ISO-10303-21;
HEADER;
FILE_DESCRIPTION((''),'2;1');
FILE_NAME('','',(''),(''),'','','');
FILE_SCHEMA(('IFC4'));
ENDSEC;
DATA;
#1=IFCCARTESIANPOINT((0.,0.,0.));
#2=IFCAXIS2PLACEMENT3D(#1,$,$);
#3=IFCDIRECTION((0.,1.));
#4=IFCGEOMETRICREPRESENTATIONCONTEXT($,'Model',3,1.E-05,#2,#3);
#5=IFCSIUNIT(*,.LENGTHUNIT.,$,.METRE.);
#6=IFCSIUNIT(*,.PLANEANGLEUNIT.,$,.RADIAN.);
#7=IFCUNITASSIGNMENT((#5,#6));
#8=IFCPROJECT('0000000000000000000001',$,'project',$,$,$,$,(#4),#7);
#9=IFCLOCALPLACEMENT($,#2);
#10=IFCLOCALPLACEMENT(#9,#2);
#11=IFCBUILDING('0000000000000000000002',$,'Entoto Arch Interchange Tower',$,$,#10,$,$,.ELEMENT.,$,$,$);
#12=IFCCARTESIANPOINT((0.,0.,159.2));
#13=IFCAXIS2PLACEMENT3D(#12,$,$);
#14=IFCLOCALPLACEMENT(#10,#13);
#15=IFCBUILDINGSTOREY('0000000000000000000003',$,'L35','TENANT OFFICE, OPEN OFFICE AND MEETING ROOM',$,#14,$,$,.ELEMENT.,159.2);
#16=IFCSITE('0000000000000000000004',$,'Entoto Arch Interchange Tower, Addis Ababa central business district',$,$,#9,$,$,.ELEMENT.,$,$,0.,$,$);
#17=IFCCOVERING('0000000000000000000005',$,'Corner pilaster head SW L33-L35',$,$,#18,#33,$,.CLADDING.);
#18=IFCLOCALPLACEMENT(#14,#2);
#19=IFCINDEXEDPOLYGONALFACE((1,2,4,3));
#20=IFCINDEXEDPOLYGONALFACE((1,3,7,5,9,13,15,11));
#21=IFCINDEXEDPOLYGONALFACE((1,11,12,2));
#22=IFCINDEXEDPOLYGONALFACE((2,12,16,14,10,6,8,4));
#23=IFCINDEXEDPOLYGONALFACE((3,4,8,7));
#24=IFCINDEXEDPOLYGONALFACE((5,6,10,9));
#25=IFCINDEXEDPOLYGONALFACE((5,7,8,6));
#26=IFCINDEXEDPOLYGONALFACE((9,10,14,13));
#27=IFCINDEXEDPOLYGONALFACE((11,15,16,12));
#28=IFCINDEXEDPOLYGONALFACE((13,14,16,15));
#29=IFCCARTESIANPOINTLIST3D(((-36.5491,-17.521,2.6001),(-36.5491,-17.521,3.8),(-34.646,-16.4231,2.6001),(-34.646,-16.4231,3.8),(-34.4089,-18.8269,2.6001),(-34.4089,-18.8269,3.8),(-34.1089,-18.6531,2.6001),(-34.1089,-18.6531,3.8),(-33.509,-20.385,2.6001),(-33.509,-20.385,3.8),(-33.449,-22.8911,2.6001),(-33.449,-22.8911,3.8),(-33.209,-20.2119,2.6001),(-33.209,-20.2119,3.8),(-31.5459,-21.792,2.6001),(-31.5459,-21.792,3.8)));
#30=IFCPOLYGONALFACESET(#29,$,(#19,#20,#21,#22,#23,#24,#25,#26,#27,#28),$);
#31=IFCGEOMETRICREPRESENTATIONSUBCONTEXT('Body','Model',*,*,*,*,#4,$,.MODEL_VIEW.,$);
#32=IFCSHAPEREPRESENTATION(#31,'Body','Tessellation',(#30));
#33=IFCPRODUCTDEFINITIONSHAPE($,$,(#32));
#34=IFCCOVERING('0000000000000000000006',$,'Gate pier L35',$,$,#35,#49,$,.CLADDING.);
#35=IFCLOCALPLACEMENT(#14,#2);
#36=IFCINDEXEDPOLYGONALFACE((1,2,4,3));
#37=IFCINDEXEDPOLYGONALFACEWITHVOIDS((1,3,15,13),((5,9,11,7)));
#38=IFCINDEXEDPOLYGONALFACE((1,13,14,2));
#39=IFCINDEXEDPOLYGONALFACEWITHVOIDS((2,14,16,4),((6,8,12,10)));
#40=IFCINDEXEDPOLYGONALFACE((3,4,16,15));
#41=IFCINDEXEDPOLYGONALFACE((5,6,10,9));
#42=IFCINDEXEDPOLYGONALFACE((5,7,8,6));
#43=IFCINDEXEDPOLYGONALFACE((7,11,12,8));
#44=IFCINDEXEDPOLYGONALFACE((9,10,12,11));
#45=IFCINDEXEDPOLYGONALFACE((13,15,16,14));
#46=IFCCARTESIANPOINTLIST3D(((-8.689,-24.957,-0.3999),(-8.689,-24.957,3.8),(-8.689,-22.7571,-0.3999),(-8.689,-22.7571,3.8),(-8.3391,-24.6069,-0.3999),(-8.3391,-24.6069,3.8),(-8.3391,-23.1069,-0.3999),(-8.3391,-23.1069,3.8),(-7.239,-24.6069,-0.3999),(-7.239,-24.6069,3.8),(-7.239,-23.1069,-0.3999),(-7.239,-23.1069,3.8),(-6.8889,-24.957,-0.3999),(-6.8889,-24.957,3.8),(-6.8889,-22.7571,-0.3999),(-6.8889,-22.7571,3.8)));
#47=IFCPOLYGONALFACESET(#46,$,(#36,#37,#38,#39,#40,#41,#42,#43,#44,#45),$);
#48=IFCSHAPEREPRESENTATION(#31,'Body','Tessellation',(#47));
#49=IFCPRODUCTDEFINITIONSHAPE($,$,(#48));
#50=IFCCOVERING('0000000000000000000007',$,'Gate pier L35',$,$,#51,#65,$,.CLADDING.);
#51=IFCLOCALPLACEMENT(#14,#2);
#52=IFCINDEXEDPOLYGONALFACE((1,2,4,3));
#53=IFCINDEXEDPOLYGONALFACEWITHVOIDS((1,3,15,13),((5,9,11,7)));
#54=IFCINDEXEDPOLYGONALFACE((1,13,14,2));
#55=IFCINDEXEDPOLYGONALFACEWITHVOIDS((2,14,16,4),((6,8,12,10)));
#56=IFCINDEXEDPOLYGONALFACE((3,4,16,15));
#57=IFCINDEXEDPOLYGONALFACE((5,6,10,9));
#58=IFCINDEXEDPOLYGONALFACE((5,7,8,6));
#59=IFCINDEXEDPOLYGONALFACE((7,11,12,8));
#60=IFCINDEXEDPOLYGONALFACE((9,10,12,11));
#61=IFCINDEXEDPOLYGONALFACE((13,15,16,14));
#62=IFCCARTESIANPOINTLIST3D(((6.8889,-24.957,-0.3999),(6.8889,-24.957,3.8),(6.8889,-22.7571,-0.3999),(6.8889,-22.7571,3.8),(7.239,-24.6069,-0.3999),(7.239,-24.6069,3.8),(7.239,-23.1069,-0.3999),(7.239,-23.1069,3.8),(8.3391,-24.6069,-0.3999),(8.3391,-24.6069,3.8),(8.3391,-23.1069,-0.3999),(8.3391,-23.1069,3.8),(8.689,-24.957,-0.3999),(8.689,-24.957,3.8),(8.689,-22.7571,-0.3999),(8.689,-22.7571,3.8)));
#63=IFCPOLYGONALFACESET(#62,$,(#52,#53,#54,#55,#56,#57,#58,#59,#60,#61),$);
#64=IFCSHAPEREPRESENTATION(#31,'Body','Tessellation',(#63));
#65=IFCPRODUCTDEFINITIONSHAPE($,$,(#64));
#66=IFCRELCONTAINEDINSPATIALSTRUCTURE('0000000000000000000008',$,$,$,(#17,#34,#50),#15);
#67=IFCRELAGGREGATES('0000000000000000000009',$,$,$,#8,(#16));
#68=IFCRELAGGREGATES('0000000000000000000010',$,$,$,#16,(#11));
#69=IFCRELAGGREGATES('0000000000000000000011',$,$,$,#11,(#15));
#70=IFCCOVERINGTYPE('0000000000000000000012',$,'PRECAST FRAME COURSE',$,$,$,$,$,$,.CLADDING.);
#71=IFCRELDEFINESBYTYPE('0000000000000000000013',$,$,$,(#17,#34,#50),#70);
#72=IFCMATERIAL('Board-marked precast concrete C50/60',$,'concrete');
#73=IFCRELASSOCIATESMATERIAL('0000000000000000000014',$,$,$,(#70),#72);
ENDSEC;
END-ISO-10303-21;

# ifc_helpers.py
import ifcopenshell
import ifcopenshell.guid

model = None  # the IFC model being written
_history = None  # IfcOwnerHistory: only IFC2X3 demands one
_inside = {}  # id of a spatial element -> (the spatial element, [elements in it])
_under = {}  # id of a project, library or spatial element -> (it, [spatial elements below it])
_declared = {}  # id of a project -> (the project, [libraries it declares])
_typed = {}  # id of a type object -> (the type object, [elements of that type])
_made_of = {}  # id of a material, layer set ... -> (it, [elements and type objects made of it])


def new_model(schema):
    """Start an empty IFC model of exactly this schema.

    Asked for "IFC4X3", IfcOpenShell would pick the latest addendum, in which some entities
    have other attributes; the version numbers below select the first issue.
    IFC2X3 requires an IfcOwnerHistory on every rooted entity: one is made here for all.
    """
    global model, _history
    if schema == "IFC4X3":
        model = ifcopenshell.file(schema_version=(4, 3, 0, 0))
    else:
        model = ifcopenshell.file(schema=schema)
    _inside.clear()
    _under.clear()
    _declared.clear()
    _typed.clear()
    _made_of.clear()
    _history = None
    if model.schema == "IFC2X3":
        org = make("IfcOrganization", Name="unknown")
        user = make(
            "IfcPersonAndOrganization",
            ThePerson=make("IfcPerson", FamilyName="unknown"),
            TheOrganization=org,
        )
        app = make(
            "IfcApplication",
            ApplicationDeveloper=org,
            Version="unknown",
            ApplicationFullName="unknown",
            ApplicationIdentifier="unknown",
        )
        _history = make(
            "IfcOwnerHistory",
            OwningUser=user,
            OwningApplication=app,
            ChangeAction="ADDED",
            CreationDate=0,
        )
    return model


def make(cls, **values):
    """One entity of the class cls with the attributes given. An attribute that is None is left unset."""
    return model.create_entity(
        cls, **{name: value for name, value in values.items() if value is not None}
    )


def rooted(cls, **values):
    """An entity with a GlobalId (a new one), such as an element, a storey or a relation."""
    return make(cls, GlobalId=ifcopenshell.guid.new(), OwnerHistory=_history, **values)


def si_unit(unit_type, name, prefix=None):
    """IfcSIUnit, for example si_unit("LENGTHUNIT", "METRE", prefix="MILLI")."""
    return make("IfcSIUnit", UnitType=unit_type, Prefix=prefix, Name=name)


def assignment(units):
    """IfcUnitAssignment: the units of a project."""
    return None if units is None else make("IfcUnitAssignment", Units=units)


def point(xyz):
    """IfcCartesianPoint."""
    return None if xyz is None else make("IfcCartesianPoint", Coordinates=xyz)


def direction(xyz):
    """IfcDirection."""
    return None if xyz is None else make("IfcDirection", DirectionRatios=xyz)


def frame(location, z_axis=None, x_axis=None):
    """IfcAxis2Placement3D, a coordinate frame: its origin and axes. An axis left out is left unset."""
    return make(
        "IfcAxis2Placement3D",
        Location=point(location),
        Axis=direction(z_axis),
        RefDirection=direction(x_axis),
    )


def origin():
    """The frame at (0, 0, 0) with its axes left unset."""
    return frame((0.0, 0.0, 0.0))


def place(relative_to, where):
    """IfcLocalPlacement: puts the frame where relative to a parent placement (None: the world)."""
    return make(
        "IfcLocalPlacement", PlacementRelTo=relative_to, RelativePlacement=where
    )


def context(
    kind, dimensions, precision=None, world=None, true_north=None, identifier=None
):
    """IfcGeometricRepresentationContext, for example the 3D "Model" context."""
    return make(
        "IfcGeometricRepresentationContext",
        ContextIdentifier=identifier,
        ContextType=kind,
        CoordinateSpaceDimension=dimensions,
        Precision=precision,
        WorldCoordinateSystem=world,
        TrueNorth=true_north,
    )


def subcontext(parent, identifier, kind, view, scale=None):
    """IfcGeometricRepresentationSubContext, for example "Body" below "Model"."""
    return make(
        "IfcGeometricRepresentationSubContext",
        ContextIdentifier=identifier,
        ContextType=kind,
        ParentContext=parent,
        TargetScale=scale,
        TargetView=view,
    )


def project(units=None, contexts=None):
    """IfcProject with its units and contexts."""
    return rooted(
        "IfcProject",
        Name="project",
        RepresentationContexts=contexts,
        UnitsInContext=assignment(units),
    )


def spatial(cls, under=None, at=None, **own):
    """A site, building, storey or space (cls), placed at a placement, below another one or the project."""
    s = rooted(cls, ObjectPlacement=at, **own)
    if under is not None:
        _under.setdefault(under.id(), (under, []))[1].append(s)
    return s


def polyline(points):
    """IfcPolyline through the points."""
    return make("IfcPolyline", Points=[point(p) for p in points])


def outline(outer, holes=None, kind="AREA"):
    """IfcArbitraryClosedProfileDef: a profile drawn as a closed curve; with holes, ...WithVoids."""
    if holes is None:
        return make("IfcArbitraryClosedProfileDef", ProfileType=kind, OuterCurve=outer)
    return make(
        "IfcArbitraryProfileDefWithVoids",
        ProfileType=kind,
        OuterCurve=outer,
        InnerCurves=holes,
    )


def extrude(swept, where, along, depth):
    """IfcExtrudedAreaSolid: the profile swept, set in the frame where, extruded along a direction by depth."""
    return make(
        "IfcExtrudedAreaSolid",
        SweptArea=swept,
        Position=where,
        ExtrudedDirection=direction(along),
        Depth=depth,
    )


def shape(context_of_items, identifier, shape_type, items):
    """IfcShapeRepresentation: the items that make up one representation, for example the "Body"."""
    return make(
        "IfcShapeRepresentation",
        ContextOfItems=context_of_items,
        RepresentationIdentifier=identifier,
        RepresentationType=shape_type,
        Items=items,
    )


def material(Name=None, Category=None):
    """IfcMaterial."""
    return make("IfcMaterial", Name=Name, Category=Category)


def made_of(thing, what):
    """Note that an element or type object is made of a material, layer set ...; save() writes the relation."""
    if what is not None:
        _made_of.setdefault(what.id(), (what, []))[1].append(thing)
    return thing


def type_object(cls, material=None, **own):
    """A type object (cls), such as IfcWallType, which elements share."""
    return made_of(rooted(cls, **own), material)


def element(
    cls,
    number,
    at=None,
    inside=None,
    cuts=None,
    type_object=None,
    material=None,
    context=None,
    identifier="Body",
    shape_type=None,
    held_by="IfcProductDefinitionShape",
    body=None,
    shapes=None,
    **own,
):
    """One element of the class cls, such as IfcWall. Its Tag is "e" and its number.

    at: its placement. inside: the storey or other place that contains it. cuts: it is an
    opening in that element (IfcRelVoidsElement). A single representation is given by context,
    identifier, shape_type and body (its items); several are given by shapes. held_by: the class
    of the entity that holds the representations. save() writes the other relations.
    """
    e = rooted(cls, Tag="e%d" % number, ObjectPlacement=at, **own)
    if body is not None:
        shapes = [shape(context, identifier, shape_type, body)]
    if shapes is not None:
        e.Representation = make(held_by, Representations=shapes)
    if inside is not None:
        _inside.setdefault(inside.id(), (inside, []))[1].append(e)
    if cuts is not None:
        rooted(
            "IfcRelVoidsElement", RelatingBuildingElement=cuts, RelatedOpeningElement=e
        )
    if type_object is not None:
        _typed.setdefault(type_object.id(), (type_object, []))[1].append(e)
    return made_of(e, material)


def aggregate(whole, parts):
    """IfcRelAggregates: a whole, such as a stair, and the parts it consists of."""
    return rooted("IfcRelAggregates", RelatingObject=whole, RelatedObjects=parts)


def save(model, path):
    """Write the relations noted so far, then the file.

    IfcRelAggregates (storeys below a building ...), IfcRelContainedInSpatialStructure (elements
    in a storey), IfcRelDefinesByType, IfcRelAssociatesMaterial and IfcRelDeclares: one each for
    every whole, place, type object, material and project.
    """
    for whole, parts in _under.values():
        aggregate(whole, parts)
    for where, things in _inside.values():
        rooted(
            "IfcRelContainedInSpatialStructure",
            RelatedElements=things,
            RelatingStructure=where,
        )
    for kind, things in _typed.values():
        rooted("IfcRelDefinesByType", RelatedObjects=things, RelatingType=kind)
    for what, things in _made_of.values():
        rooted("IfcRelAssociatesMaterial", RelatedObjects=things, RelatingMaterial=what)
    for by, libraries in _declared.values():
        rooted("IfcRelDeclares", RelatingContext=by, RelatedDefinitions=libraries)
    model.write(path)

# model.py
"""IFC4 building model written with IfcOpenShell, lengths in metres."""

from ifc_helpers import new_model, si_unit, direction, frame, origin, place, context, subcontext, project, spatial, polyline, outline, extrude, material, type_object, element, save


model = new_model("IFC4")

# Units and contexts
model_context = context("Model", 3, precision=1e-05, world=origin(), true_north=direction((0.0, 1.0)))
body_context = subcontext(model_context, "Body", "Model", "MODEL_VIEW")
ifc_project = project(units=[si_unit("LENGTHUNIT", "METRE"), si_unit("PLANEANGLEUNIT", "RADIAN")], contexts=[model_context])

# Site, building, storey
site_placement = place(None, origin())
site = spatial("IfcSite", under=ifc_project, at=site_placement, Name="Entoto Arch Interchange Tower, Addis Ababa central business district", CompositionType="ELEMENT", RefElevation=0.0)
building_placement = place(site_placement, origin())
building = spatial("IfcBuilding", under=site, at=building_placement, Name="Entoto Arch Interchange Tower", CompositionType="ELEMENT")
storey_placement = place(building_placement, frame((0.0, 0.0, 159.2)))
storey = spatial("IfcBuildingStorey", under=building, at=storey_placement, Name="L35", Description="TENANT OFFICE, OPEN OFFICE AND MEETING ROOM", CompositionType="ELEMENT", Elevation=159.2)

# Shared definitions
ifc_material_1 = material(Name="Board-marked precast concrete C50/60", Category="concrete")

# Coverings
covering_type = type_object("IfcCoveringType", Name="PRECAST FRAME COURSE", PredefinedType="CLADDING", material=ifc_material_1)
covering_1_placement = place(storey_placement, frame((0.0, 0.0, 2.6001)))
element("IfcCovering", 1, at=covering_1_placement, inside=storey, type_object=covering_type, Name="Corner pilaster head SW L33-L35", PredefinedType="CLADDING", context=body_context, shape_type="SweptSolid", body=[
    extrude(outline(polyline([(-33.449, -22.8911), (-36.5491, -17.521), (-34.646, -16.4231), (-34.1089, -18.6531), (-34.4089, -18.8269), (-33.509, -20.385), (-33.209, -20.2119), (-31.5459, -21.792), (-33.449, -22.8911)])), origin(), (0.0, 0.0, 1.0), 1.2),
])
covering_2_placement = place(storey_placement, frame((0.0, 0.0, -0.3999)))
element("IfcCovering", 2, at=covering_2_placement, inside=storey, type_object=covering_type, Name="Gate pier L35", PredefinedType="CLADDING", context=body_context, shape_type="SweptSolid", body=[
    extrude(outline(polyline([(-8.689, -22.7571), (-6.8889, -22.7571), (-6.8889, -24.957), (-8.689, -24.957), (-8.689, -22.7571)]), holes=[polyline([(-8.3391, -23.1069), (-8.3391, -24.6069), (-7.239, -24.6069), (-7.239, -23.1069), (-8.3391, -23.1069)])]), origin(), (0.0, 0.0, 1.0), 4.2),
])
covering_3_placement = place(storey_placement, frame((0.0, 0.0, -0.3999)))
element("IfcCovering", 3, at=covering_3_placement, inside=storey, type_object=covering_type, Name="Gate pier L35", PredefinedType="CLADDING", context=body_context, shape_type="SweptSolid", body=[
    extrude(outline(polyline([(6.8889, -22.7571), (8.689, -22.7571), (8.689, -24.957), (6.8889, -24.957), (6.8889, -22.7571)]), holes=[polyline([(7.239, -23.1069), (7.239, -24.6069), (8.3391, -24.6069), (8.3391, -23.1069), (7.239, -23.1069)])]), origin(), (0.0, 0.0, 1.0), 4.2),
])

save(model, "model.ifc")
